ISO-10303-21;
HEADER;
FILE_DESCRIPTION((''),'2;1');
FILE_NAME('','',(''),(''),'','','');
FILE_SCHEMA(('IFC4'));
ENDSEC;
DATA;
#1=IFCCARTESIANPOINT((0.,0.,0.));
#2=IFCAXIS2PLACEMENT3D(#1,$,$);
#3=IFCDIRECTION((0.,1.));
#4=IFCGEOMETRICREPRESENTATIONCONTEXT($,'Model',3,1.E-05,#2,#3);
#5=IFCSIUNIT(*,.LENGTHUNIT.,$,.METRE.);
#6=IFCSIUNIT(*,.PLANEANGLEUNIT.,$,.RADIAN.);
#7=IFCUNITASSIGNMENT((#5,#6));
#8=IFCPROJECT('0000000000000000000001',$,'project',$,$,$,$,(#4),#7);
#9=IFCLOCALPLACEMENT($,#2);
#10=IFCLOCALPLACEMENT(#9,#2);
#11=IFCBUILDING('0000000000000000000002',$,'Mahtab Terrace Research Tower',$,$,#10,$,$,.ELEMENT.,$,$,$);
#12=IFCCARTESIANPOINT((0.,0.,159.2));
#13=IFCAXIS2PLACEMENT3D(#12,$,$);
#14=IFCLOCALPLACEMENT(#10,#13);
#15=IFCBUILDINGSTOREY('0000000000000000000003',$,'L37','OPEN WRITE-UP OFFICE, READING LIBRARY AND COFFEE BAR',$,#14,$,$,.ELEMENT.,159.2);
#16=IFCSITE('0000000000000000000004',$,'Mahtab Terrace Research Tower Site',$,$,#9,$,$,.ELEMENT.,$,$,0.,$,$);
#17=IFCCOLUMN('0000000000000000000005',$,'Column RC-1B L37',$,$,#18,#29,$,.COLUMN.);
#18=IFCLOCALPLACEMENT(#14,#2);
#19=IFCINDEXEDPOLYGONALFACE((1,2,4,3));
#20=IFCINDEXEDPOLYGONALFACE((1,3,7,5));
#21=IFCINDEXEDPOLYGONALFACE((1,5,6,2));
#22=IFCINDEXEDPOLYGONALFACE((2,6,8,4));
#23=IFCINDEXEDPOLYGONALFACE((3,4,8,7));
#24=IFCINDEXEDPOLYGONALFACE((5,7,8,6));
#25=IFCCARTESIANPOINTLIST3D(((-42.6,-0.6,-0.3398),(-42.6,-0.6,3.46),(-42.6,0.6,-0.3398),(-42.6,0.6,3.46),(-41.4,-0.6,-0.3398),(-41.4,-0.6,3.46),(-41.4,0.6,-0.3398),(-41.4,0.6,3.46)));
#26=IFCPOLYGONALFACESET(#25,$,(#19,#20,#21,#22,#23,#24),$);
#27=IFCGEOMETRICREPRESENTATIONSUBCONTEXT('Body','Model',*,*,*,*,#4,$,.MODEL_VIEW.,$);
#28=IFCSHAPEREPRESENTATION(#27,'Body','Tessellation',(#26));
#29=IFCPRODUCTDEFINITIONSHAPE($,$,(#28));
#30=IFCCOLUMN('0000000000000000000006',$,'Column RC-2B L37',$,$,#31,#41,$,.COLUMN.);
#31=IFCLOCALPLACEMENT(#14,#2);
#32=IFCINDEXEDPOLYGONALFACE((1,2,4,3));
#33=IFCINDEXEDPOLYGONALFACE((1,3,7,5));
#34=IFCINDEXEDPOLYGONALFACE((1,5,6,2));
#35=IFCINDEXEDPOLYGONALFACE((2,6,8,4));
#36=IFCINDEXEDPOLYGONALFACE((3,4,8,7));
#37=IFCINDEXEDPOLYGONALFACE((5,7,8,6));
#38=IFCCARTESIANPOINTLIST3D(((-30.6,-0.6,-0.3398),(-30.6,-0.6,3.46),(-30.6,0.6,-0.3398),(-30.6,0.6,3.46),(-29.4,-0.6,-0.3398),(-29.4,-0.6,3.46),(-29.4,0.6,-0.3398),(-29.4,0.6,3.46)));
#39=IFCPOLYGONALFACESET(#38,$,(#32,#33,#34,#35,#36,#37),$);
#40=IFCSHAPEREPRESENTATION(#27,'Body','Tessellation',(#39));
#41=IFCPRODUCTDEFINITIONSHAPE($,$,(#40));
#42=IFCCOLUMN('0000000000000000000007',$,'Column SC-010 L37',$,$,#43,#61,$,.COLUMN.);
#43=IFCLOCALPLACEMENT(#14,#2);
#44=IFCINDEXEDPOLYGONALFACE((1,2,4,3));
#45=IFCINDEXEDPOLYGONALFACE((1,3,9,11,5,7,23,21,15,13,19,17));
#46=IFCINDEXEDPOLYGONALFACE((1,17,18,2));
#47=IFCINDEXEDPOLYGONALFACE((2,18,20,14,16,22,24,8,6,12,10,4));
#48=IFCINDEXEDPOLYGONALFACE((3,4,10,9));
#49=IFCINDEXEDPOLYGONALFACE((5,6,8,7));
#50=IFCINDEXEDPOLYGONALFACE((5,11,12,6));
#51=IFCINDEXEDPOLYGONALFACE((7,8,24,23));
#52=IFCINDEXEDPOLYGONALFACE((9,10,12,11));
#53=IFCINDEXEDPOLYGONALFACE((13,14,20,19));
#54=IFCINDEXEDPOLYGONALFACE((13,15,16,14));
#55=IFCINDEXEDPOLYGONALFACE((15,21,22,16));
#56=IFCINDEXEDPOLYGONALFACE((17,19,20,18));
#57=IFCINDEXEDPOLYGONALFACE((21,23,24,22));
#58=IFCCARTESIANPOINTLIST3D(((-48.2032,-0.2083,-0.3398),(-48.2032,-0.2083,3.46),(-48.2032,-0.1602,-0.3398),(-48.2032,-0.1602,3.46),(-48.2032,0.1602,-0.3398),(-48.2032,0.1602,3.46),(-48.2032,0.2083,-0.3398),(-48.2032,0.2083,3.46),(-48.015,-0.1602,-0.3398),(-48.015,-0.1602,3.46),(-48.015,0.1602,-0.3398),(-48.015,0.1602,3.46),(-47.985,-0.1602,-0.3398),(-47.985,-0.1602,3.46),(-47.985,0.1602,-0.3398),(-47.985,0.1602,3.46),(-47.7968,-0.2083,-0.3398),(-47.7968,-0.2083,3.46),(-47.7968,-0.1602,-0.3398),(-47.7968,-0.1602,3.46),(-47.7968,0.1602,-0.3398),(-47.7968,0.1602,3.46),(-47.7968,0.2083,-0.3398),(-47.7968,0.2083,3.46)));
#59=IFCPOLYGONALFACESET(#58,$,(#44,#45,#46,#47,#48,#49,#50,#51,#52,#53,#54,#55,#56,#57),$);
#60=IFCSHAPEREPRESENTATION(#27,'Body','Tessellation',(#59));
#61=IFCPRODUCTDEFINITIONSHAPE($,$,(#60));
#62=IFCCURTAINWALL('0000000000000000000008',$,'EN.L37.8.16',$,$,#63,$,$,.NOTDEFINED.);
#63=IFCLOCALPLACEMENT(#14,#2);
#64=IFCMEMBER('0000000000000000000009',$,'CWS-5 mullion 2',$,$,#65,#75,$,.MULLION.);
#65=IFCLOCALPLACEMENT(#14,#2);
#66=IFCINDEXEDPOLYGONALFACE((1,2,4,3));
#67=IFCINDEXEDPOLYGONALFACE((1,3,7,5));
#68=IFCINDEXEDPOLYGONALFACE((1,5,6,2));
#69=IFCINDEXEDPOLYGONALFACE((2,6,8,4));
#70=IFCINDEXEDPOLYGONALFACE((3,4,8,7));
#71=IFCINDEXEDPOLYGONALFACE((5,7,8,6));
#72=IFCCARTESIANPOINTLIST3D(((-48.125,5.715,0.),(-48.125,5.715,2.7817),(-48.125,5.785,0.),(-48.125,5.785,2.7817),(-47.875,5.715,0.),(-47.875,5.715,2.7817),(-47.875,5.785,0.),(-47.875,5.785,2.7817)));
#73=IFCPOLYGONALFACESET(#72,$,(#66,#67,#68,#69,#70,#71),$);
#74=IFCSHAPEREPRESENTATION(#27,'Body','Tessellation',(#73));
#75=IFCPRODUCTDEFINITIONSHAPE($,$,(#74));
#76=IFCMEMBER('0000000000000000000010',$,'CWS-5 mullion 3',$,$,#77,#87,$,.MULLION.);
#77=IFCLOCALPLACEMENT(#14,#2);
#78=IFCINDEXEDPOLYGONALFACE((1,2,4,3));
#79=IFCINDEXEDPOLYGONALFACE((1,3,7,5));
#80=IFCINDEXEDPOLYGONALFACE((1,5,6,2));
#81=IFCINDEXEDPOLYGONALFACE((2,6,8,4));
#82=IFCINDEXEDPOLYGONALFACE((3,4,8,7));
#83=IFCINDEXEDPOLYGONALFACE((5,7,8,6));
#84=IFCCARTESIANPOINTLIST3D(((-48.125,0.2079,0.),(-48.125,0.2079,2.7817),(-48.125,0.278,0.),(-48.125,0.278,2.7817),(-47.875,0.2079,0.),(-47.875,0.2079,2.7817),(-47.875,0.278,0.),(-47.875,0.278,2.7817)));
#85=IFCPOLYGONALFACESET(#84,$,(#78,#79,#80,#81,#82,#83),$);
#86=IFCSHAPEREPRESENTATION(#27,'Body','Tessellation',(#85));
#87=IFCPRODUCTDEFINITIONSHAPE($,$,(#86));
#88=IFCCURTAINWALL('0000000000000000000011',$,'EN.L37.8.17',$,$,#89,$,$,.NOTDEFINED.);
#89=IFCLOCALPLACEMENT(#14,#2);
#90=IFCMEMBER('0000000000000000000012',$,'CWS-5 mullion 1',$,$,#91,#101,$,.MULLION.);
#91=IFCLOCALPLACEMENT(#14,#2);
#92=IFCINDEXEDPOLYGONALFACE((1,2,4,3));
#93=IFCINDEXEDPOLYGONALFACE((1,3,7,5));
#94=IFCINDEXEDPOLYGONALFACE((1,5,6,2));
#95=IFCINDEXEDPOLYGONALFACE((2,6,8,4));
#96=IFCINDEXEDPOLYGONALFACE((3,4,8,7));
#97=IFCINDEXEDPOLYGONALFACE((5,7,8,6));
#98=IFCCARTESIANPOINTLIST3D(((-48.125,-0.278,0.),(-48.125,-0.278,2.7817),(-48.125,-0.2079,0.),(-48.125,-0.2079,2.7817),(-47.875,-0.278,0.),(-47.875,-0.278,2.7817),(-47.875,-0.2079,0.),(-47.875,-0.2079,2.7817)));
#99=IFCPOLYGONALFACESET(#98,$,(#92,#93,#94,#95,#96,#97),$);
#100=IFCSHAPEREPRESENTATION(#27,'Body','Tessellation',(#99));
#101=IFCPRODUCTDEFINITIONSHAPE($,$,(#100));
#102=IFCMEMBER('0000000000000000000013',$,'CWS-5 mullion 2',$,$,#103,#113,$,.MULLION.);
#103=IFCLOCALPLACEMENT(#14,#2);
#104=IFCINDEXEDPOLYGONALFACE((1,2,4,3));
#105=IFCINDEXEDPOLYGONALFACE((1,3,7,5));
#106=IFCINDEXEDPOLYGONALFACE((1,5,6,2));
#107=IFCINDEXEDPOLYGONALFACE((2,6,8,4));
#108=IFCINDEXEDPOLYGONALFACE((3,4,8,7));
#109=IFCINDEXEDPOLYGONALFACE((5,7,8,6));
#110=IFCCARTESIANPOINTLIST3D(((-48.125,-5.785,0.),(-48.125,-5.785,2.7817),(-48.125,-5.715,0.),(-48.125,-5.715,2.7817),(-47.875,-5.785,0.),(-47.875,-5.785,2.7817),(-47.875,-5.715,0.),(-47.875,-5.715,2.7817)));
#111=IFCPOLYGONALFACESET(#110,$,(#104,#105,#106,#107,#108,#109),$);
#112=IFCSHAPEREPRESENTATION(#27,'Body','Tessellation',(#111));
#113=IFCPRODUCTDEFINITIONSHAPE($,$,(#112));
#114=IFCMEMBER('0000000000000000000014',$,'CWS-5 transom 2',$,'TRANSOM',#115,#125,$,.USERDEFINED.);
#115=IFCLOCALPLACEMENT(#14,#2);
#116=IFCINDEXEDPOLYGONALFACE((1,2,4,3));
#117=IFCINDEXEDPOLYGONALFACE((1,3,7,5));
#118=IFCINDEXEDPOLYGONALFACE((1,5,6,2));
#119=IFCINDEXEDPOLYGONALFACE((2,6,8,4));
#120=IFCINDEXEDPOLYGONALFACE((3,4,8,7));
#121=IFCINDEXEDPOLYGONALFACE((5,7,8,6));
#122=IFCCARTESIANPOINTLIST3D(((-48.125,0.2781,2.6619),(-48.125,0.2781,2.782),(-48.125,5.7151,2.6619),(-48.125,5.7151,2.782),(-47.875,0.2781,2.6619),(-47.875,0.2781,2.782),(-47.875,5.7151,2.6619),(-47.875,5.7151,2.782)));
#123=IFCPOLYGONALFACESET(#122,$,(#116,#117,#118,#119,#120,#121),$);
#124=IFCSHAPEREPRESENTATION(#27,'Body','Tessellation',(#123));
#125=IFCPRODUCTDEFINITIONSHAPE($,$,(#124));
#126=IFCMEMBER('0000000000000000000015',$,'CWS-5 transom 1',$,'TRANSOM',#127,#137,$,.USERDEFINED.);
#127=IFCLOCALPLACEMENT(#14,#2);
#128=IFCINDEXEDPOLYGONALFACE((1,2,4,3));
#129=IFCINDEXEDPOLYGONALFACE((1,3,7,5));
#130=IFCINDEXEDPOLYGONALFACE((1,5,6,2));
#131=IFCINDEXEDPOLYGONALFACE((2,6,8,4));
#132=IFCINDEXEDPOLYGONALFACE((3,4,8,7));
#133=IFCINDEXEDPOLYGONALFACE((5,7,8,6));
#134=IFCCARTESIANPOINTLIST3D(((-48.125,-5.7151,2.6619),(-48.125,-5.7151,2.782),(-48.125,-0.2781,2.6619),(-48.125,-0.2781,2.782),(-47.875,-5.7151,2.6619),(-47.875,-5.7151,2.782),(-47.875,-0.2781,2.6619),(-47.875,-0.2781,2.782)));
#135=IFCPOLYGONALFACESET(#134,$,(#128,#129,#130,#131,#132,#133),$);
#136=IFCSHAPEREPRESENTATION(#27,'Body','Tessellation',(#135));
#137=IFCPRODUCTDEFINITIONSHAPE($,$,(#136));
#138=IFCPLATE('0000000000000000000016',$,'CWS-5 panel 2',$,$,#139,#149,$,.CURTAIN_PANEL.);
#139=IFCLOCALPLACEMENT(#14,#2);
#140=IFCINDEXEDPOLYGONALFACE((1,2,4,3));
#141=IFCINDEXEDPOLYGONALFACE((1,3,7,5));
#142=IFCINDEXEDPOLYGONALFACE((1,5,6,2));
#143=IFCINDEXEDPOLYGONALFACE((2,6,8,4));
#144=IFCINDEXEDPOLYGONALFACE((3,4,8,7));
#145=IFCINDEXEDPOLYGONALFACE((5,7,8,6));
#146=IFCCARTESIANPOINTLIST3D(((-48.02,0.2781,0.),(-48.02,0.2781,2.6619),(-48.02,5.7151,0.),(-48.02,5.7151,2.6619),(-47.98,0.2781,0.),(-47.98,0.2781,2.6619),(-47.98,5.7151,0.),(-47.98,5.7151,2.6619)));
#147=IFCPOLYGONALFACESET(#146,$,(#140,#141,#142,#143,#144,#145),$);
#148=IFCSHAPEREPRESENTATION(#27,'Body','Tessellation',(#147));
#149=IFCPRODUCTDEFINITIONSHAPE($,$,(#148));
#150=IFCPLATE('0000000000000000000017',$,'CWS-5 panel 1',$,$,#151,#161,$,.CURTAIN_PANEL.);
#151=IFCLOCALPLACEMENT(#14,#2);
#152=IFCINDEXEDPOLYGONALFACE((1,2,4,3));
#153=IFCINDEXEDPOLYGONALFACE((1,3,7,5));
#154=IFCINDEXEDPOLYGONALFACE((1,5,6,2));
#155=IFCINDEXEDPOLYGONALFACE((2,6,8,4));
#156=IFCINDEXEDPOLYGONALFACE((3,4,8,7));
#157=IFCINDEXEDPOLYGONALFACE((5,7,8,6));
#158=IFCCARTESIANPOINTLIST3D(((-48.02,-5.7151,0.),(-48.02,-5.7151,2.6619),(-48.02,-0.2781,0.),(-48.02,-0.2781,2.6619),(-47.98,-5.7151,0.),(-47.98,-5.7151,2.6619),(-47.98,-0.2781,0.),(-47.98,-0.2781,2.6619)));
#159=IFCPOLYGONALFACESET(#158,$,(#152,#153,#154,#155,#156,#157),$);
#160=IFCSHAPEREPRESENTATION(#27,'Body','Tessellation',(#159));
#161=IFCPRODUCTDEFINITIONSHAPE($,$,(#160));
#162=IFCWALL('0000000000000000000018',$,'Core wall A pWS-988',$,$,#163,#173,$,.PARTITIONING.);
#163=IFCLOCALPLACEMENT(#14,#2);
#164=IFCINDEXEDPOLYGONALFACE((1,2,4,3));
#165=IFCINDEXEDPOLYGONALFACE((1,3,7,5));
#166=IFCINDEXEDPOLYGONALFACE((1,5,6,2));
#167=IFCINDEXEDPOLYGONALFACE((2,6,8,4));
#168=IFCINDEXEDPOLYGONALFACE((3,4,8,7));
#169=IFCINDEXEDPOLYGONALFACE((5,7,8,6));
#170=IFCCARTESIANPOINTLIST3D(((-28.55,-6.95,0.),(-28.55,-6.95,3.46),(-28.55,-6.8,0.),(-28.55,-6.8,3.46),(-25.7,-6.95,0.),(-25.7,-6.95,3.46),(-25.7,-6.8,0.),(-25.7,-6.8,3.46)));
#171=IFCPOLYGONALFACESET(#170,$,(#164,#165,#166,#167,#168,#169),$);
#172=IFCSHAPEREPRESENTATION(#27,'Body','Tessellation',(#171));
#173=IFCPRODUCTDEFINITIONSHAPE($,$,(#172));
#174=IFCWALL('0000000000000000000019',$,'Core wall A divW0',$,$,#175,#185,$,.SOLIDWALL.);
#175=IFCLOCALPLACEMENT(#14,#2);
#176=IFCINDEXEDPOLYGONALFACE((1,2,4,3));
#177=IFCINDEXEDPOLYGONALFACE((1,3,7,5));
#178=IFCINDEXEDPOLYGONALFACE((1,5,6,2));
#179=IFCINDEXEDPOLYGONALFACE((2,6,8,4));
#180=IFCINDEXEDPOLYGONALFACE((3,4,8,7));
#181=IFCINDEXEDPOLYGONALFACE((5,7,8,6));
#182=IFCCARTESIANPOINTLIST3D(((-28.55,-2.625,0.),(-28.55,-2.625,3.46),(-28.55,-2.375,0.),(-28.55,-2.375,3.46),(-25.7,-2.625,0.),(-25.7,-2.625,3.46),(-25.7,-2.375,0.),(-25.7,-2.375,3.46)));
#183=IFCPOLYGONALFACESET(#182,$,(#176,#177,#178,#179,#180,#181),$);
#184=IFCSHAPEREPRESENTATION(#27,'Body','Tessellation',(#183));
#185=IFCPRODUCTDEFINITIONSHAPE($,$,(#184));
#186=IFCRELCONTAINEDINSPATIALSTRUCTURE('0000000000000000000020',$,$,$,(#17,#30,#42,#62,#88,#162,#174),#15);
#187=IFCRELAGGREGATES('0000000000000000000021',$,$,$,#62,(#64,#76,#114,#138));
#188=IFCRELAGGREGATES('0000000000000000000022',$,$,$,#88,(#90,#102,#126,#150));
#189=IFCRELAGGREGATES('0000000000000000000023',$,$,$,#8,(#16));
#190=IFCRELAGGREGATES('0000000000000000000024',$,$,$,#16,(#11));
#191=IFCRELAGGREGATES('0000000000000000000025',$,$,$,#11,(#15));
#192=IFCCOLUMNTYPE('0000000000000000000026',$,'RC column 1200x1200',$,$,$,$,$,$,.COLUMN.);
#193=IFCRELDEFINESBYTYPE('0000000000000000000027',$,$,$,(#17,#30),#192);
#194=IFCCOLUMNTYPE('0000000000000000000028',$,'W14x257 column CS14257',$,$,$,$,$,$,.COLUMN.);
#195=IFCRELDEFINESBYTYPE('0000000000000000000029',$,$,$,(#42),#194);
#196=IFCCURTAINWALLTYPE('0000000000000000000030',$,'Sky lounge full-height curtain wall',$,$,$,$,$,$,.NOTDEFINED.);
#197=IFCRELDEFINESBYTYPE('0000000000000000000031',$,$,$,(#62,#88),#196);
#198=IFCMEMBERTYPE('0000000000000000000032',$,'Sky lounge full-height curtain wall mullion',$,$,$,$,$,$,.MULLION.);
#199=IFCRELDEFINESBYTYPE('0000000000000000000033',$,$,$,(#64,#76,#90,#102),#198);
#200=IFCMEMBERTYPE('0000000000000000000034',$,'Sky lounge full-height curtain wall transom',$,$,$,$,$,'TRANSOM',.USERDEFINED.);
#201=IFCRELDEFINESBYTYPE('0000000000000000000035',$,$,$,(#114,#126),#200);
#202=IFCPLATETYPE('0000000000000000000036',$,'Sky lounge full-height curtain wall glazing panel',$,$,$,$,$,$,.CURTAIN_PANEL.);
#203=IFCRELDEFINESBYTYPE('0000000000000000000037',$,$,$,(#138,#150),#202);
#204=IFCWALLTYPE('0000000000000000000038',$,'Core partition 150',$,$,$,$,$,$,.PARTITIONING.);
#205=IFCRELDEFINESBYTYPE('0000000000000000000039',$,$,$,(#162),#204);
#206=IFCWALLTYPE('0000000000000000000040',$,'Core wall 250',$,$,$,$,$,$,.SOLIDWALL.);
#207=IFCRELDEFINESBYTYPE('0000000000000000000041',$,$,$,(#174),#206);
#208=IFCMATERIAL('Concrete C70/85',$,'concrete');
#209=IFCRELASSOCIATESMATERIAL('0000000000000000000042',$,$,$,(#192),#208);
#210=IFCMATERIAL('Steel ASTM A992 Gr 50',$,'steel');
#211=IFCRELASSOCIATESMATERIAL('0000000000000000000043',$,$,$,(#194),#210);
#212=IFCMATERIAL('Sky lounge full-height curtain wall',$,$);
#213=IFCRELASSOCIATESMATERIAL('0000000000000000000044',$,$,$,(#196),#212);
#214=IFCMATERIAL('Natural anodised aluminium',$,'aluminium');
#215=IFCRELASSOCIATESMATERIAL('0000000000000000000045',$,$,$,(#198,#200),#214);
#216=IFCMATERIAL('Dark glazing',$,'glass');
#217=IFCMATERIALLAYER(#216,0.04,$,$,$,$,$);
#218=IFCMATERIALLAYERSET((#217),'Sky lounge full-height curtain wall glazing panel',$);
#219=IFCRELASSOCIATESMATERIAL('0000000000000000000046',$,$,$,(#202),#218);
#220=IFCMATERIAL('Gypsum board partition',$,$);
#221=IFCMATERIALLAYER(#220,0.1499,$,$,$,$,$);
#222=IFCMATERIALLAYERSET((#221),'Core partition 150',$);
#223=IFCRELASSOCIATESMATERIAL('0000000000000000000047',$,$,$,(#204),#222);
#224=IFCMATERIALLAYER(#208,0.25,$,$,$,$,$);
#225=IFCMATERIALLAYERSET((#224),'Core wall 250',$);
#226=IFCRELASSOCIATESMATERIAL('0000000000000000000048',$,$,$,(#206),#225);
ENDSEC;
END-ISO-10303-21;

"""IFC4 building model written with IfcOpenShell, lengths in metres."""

from ifc_helpers import new_model, si_unit, direction, frame, frame_2d, origin, origin_2d, place, context, subcontext, project, spatial, rectangle, i_section, extrude, material, layer, layer_set, material_profile, profile_set, type_object, element, aggregate, save


model = new_model("IFC4")

# Units and contexts
model_context = context("Model", 3, precision=1e-05, world=origin(), true_north=direction((0.0, 1.0)))
body_context = subcontext(model_context, "Body", "Model", "MODEL_VIEW")
ifc_project = project(units=[si_unit("LENGTHUNIT", "METRE"), si_unit("PLANEANGLEUNIT", "RADIAN")], contexts=[model_context])

# Site, building, storey
site_placement = place(None, origin())
site = spatial("IfcSite", under=ifc_project, at=site_placement, Name="Mahtab Terrace Research Tower Site", CompositionType="ELEMENT", RefElevation=0.0)
building_placement = place(site_placement, origin())
building = spatial("IfcBuilding", under=site, at=building_placement, Name="Mahtab Terrace Research Tower", CompositionType="ELEMENT")
storey_placement = place(building_placement, frame((0.0, 0.0, 159.2)))
storey = spatial("IfcBuildingStorey", under=building, at=storey_placement, Name="L37", Description="OPEN WRITE-UP OFFICE, READING LIBRARY AND COFFEE BAR", CompositionType="ELEMENT", Elevation=159.2)

# Columns
ifc_material_1 = material(Name="Concrete C70/85", Category="concrete")
ifc_material_profile_1 = material_profile(ifc_material_1, rectangle(XDim=1.2, YDim=1.2, at=origin_2d()), Name="RC column 1200x1200")
ifc_profile_set_1 = profile_set([ifc_material_profile_1], Name="Concrete C70/85")
column_type_1 = type_object("IfcColumnType", Name="RC column 1200x1200", PredefinedType="COLUMN", material=ifc_profile_set_1)
for number, where, z_axis, x_axis, name in (
    (1, (-42.0, 0.0, -0.3398), (0.0, 0.0, 1.0), (1.0, 0.0, 0.0), "Column RC-1B L37"),
    (2, (-30.0, 0.0, -0.3398), (0.0, 0.0, 1.0), (1.0, 0.0, 0.0), "Column RC-2B L37"),
):
    element("IfcColumn", number, at=place(storey_placement, frame(where, z_axis=z_axis, x_axis=x_axis)), inside=storey, type_object=column_type_1, Name=name, PredefinedType="COLUMN", context=body_context, shape_type="SweptSolid", body=[
        extrude(rectangle(XDim=1.2, YDim=1.2, at=origin_2d()), origin(), (0.0, 0.0, 1.0), 3.7998),
    ])
ifc_material_2 = material(Name="Steel ASTM A992 Gr 50", Category="steel")
ifc_material_profile_2 = material_profile(ifc_material_2, i_section(OverallWidth=0.4065, OverallDepth=0.4165, WebThickness=0.03, FlangeThickness=0.0481, at=origin_2d()), Name="W14X257")
ifc_profile_set_2 = profile_set([ifc_material_profile_2], Name="Steel ASTM A992 Gr 50")
column_type_2 = type_object("IfcColumnType", Name="W14x257 column CS14257", PredefinedType="COLUMN", material=ifc_profile_set_2)
column_placement = place(storey_placement, frame((-48.0, 0.0, -0.3398), z_axis=(0.0, 0.0, 1.0), x_axis=(1.0, 0.0, 0.0)))
element("IfcColumn", 3, at=column_placement, inside=storey, type_object=column_type_2, Name="Column SC-010 L37", PredefinedType="COLUMN", context=body_context, shape_type="SweptSolid", body=[
    extrude(i_section(OverallWidth=0.4065, OverallDepth=0.4165, WebThickness=0.03, FlangeThickness=0.0481, at=origin_2d()), origin(), (0.0, 0.0, 1.0), 3.7998),
])

# Curtain walls, members
ifc_material_3 = material(Name="Sky lounge full-height curtain wall")
curtain_wall_type = type_object("IfcCurtainWallType", Name="Sky lounge full-height curtain wall", PredefinedType="NOTDEFINED", material=ifc_material_3)
curtain_wall_1_placement = place(storey_placement, origin())
curtain_wall_1 = element("IfcCurtainWall", 4, at=curtain_wall_1_placement, inside=storey, type_object=curtain_wall_type, Name="EN.L37.8.16", PredefinedType="NOTDEFINED")
ifc_material_4 = material(Name="Natural anodised aluminium", Category="aluminium")
ifc_material_profile_3 = material_profile(ifc_material_4, rectangle(XDim=0.25, YDim=0.0701, at=origin_2d()), Name="MULLION 70x250")
ifc_profile_set_3 = profile_set([ifc_material_profile_3], Name="Natural anodised aluminium")
member_type_1 = type_object("IfcMemberType", Name="Sky lounge full-height curtain wall mullion", PredefinedType="MULLION", material=ifc_profile_set_3)
member_1_placement = place(storey_placement, frame((-48.0, 5.75, 0.0), z_axis=(0.0, 0.0, 1.0), x_axis=(1.0, 0.0, 0.0)))
member_1 = element("IfcMember", 5, at=member_1_placement, type_object=member_type_1, Name="CWS-5 mullion 2", PredefinedType="MULLION", context=body_context, shape_type="SweptSolid", body=[
    extrude(rectangle(XDim=0.25, YDim=0.0701, at=origin_2d()), origin(), (0.0, 0.0, 1.0), 2.7817),
])
member_2_placement = place(storey_placement, frame((-48.0, 0.2429, 0.0), z_axis=(0.0, 0.0, 1.0), x_axis=(1.0, 0.0, 0.0)))
member_2 = element("IfcMember", 6, at=member_2_placement, type_object=member_type_1, Name="CWS-5 mullion 3", PredefinedType="MULLION", context=body_context, shape_type="SweptSolid", body=[
    extrude(rectangle(XDim=0.25, YDim=0.0701, at=origin_2d()), origin(), (0.0, 0.0, 1.0), 2.7817),
])
curtain_wall_2_placement = place(storey_placement, origin())
curtain_wall_2 = element("IfcCurtainWall", 7, at=curtain_wall_2_placement, inside=storey, type_object=curtain_wall_type, Name="EN.L37.8.17", PredefinedType="NOTDEFINED")
member_3_placement = place(storey_placement, frame((-48.0, -0.2429, 0.0), z_axis=(0.0, 0.0, 1.0), x_axis=(1.0, 0.0, 0.0)))
member_3 = element("IfcMember", 8, at=member_3_placement, type_object=member_type_1, Name="CWS-5 mullion 1", PredefinedType="MULLION", context=body_context, shape_type="SweptSolid", body=[
    extrude(rectangle(XDim=0.25, YDim=0.0701, at=origin_2d()), origin(), (0.0, 0.0, 1.0), 2.7817),
])
member_4_placement = place(storey_placement, frame((-48.0, -5.75, 0.0), z_axis=(0.0, 0.0, 1.0), x_axis=(1.0, 0.0, 0.0)))
member_4 = element("IfcMember", 9, at=member_4_placement, type_object=member_type_1, Name="CWS-5 mullion 2", PredefinedType="MULLION", context=body_context, shape_type="SweptSolid", body=[
    extrude(rectangle(XDim=0.25, YDim=0.0701, at=origin_2d()), origin(), (0.0, 0.0, 1.0), 2.7817),
])

# Members
ifc_material_profile_4 = material_profile(ifc_material_4, rectangle(XDim=0.25, YDim=0.1201, at=origin_2d()), Name="TRANSOM 120x250")
ifc_profile_set_4 = profile_set([ifc_material_profile_4], Name="Natural anodised aluminium")
member_type_2 = type_object("IfcMemberType", Name="Sky lounge full-height curtain wall transom", ElementType="TRANSOM", PredefinedType="USERDEFINED", material=ifc_profile_set_4)
member_5_placement = place(storey_placement, frame((-48.0, 5.7151, 2.7219), z_axis=(0.0, -1.0, 0.0), x_axis=(1.0, 0.0, 0.0)))
member_5 = element("IfcMember", 10, at=member_5_placement, type_object=member_type_2, Name="CWS-5 transom 2", ObjectType="TRANSOM", PredefinedType="USERDEFINED", context=body_context, shape_type="SweptSolid", body=[
    extrude(rectangle(XDim=0.25, YDim=0.1201, at=origin_2d()), origin(), (0.0, 0.0, 1.0), 5.437),
])
member_6_placement = place(storey_placement, frame((-48.0, -0.2781, 2.7219), z_axis=(0.0, -1.0, 0.0), x_axis=(1.0, 0.0, 0.0)))
member_6 = element("IfcMember", 11, at=member_6_placement, type_object=member_type_2, Name="CWS-5 transom 1", ObjectType="TRANSOM", PredefinedType="USERDEFINED", context=body_context, shape_type="SweptSolid", body=[
    extrude(rectangle(XDim=0.25, YDim=0.1201, at=origin_2d()), origin(), (0.0, 0.0, 1.0), 5.437),
])

# Plates
ifc_material_5 = material(Name="Dark glazing", Category="glass")
ifc_layer_1 = layer(ifc_material_5, 0.04)
ifc_layer_set_1 = layer_set([ifc_layer_1], Name="Sky lounge full-height curtain wall glazing panel")
plate_type = type_object("IfcPlateType", Name="Sky lounge full-height curtain wall glazing panel", PredefinedType="CURTAIN_PANEL", material=ifc_layer_set_1)
plate_1_placement = place(storey_placement, frame((-48.0, 2.9966, 0.0), z_axis=(0.0, 0.0, 1.0), x_axis=(0.0, -1.0, 0.0)))
plate_1 = element("IfcPlate", 12, at=plate_1_placement, type_object=plate_type, Name="CWS-5 panel 2", PredefinedType="CURTAIN_PANEL", context=body_context, shape_type="SweptSolid", body=[
    extrude(rectangle(XDim=5.437, YDim=0.04, at=origin_2d()), origin(), (0.0, 0.0, 1.0), 2.6619),
])
aggregate(curtain_wall_1, [member_1, member_2, member_5, plate_1])
plate_2_placement = place(storey_placement, frame((-48.0, -2.9966, 0.0), z_axis=(0.0, 0.0, 1.0), x_axis=(0.0, -1.0, 0.0)))
plate_2 = element("IfcPlate", 13, at=plate_2_placement, type_object=plate_type, Name="CWS-5 panel 1", PredefinedType="CURTAIN_PANEL", context=body_context, shape_type="SweptSolid", body=[
    extrude(rectangle(XDim=5.437, YDim=0.04, at=origin_2d()), origin(), (0.0, 0.0, 1.0), 2.6619),
])
aggregate(curtain_wall_2, [member_3, member_4, member_6, plate_2])

# Walls
ifc_material_6 = material(Name="Gypsum board partition")
ifc_layer_2 = layer(ifc_material_6, 0.1499)
ifc_layer_set_2 = layer_set([ifc_layer_2], Name="Core partition 150")
wall_type_1 = type_object("IfcWallType", Name="Core partition 150", PredefinedType="PARTITIONING", material=ifc_layer_set_2)
wall_1_placement = place(storey_placement, frame((-28.55, -6.875, 0.0), z_axis=(0.0, 0.0, 1.0), x_axis=(1.0, 0.0, 0.0)))
element("IfcWall", 14, at=wall_1_placement, inside=storey, type_object=wall_type_1, Name="Core wall A pWS-988", PredefinedType="PARTITIONING", context=body_context, shape_type="SweptSolid", body=[
    extrude(rectangle(XDim=2.8501, YDim=0.1499, at=frame_2d((1.425, 0.0))), origin(), (0.0, 0.0, 1.0), 3.46),
])
ifc_layer_3 = layer(ifc_material_1, 0.25)
ifc_layer_set_3 = layer_set([ifc_layer_3], Name="Core wall 250")
wall_type_2 = type_object("IfcWallType", Name="Core wall 250", PredefinedType="SOLIDWALL", material=ifc_layer_set_3)
for number, where, z_axis, x_axis, name in (
    (15, (-28.55, -2.5, 0.0), (0.0, 0.0, 1.0), (1.0, 0.0, 0.0), "Core wall A divW0"),
):
    element("IfcWall", number, at=place(storey_placement, frame(where, z_axis=z_axis, x_axis=x_axis)), inside=storey, type_object=wall_type_2, Name=name, PredefinedType="SOLIDWALL", context=body_context, shape_type="SweptSolid", body=[
        extrude(rectangle(XDim=2.8501, YDim=0.25, at=frame_2d((1.425, 0.0))), origin(), (0.0, 0.0, 1.0), 3.46),
    ])

save(model, "model.ifc")
